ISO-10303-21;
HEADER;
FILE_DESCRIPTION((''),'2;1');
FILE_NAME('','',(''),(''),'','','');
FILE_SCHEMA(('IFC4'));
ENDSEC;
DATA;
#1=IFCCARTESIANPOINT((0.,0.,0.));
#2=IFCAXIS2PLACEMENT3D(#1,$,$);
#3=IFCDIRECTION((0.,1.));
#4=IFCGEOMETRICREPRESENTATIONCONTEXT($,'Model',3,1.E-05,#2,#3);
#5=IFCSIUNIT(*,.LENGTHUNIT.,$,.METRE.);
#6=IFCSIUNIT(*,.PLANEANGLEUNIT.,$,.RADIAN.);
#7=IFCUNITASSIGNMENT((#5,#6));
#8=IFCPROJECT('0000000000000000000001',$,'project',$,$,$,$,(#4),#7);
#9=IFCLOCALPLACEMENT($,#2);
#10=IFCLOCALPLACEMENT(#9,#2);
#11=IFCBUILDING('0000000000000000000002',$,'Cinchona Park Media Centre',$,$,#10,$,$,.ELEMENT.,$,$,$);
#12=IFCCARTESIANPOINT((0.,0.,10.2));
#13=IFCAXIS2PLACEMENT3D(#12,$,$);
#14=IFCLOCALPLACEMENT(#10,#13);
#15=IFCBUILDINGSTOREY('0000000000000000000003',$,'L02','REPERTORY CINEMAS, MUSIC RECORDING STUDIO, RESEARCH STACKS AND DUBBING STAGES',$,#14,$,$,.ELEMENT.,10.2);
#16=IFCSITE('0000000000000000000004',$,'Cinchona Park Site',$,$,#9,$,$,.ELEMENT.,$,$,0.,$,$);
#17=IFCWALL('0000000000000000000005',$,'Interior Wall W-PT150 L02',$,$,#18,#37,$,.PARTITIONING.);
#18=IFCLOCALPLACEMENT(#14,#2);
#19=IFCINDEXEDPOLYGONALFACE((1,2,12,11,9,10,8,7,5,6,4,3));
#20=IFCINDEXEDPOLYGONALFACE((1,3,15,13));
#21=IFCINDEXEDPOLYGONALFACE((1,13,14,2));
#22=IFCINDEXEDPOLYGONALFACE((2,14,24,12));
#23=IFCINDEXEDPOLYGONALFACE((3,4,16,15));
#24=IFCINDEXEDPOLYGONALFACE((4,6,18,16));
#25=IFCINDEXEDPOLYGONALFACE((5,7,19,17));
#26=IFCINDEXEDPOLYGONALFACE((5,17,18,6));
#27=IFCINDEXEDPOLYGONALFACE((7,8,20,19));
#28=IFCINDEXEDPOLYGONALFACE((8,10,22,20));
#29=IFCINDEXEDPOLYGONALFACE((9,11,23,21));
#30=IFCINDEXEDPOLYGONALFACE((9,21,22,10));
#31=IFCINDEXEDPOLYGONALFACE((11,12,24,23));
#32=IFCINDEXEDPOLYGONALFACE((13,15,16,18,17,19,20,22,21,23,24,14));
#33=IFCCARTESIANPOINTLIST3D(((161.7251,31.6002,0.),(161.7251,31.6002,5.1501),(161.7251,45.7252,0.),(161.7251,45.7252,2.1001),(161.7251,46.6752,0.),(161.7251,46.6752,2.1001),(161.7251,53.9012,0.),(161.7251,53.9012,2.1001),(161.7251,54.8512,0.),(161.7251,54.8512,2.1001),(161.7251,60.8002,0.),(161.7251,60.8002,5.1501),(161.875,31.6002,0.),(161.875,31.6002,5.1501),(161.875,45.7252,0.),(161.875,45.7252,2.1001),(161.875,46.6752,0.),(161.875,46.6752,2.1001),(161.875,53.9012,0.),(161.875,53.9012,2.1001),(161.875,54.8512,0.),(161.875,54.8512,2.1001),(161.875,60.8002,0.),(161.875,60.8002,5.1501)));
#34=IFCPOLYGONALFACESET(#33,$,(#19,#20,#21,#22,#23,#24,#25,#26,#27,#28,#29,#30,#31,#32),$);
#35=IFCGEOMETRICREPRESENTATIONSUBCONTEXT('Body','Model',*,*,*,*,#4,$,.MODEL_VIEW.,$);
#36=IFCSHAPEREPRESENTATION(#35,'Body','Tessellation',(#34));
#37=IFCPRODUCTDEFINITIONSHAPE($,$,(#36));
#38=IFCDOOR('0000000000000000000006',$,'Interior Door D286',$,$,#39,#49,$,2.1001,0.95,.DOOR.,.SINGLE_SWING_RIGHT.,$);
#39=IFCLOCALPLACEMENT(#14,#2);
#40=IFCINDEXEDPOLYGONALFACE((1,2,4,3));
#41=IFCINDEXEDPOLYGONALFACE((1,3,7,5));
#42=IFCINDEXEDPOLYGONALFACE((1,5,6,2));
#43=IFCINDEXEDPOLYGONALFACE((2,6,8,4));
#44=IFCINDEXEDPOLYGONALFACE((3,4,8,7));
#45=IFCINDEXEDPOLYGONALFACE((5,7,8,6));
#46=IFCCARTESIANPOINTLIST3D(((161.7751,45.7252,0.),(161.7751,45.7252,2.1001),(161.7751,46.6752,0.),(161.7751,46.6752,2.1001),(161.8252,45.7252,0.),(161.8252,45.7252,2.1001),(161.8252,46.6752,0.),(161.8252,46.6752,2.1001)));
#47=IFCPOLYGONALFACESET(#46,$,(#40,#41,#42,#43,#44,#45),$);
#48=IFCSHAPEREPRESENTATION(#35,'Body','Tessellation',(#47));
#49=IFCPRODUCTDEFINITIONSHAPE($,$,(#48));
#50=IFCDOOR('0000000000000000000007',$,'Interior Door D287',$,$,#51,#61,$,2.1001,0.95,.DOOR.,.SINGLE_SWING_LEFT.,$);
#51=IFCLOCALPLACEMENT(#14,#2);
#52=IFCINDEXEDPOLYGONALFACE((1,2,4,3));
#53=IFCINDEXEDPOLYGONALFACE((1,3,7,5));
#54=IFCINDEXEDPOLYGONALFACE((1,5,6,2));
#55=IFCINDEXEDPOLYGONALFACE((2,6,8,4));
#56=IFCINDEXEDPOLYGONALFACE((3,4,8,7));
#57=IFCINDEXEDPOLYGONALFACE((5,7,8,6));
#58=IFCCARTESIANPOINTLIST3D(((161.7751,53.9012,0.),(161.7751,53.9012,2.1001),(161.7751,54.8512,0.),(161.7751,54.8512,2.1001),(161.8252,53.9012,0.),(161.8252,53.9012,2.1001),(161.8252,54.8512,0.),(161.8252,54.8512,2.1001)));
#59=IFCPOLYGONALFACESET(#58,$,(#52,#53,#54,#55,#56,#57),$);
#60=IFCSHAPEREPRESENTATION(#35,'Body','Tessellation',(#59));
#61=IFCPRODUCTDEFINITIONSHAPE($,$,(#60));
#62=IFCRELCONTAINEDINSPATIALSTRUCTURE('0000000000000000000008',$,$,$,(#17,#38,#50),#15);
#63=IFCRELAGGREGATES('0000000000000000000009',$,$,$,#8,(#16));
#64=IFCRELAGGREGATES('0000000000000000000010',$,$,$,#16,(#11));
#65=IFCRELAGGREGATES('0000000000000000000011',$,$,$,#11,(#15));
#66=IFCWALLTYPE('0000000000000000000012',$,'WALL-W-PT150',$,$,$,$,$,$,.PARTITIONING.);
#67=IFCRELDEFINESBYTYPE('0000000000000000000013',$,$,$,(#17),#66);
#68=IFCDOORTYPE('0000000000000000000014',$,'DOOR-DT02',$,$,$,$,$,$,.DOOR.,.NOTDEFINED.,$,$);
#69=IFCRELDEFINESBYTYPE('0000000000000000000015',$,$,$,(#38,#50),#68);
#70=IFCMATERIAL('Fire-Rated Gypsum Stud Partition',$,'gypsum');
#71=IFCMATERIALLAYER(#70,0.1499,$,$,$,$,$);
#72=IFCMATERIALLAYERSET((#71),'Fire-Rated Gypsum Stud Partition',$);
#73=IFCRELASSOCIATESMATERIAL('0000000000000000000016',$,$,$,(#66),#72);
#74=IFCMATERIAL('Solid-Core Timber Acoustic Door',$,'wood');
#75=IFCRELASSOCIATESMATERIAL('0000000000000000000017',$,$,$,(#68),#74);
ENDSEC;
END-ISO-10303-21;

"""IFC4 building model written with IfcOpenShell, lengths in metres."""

from ifc_helpers import new_model, si_unit, direction, frame, frame_2d, origin, place, context, subcontext, project, spatial, rectangle, extrude, material, layer, layer_set, type_object, element, fill, save


model = new_model("IFC4")

# Units and contexts
model_context = context("Model", 3, precision=1e-05, world=origin(), true_north=direction((0.0, 1.0)))
body_context = subcontext(model_context, "Body", "Model", "MODEL_VIEW")
ifc_project = project(units=[si_unit("LENGTHUNIT", "METRE"), si_unit("PLANEANGLEUNIT", "RADIAN")], contexts=[model_context])

# Site, building, storey
site_placement = place(None, origin())
site = spatial("IfcSite", under=ifc_project, at=site_placement, Name="Cinchona Park Site", CompositionType="ELEMENT", RefElevation=0.0)
building_placement = place(site_placement, origin())
building = spatial("IfcBuilding", under=site, at=building_placement, Name="Cinchona Park Media Centre", CompositionType="ELEMENT")
storey_placement = place(building_placement, frame((0.0, 0.0, 10.2)))
storey = spatial("IfcBuildingStorey", under=building, at=storey_placement, Name="L02", Description="REPERTORY CINEMAS, MUSIC RECORDING STUDIO, RESEARCH STACKS AND DUBBING STAGES", CompositionType="ELEMENT", Elevation=10.2)

# Wall, openings, doors
ifc_material_1 = material(Name="Fire-Rated Gypsum Stud Partition", Category="gypsum")
ifc_layer = layer(ifc_material_1, 0.1499)
ifc_layer_set = layer_set([ifc_layer], Name="Fire-Rated Gypsum Stud Partition")
wall_type = type_object("IfcWallType", Name="WALL-W-PT150", PredefinedType="PARTITIONING", material=ifc_layer_set)
wall_placement = place(storey_placement, frame((161.8, 31.6001, 0.0), z_axis=(0.0, 0.0, 1.0), x_axis=(0.0, 1.0, 0.0)))
wall = element("IfcWall", 1, at=wall_placement, inside=storey, type_object=wall_type, Name="Interior Wall W-PT150 L02", PredefinedType="PARTITIONING", context=body_context, shape_type="SweptSolid", body=[
    extrude(rectangle(XDim=29.2, YDim=0.1499, at=frame_2d((14.6001, 0.0))), origin(), (0.0, 0.0, 1.0), 5.1501),
])
opening_1_placement = place(wall_placement, frame((14.125, 0.0, 0.0)))
opening_1 = element("IfcOpeningElement", 2, at=opening_1_placement, cuts=wall, PredefinedType="OPENING", context=body_context, shape_type="SweptSolid", body=[
    extrude(rectangle(XDim=0.95, YDim=2.1001, at=frame_2d((0.4751, 1.05))), frame((0.0, 0.085, 0.0), z_axis=(0.0, -1.0, 0.0), x_axis=(1.0, 0.0, 0.0)), (0.0, 0.0, 1.0), 0.1699),
])
opening_2_placement = place(wall_placement, frame((22.301, 0.0, 0.0)))
opening_2 = element("IfcOpeningElement", 3, at=opening_2_placement, cuts=wall, PredefinedType="OPENING", context=body_context, shape_type="SweptSolid", body=[
    extrude(rectangle(XDim=0.95, YDim=2.1001, at=frame_2d((0.4751, 1.05))), frame((0.0, 0.085, 0.0), z_axis=(0.0, -1.0, 0.0), x_axis=(1.0, 0.0, 0.0)), (0.0, 0.0, 1.0), 0.1699),
])
ifc_material_2 = material(Name="Solid-Core Timber Acoustic Door", Category="wood")
door_type = type_object("IfcDoorType", Name="DOOR-DT02", OperationType="NOTDEFINED", PredefinedType="DOOR", material=ifc_material_2)
door_1_placement = place(opening_1_placement, origin())
door_1 = element("IfcDoor", 4, at=door_1_placement, inside=storey, type_object=door_type, Name="Interior Door D286", OperationType="SINGLE_SWING_RIGHT", OverallHeight=2.1001, OverallWidth=0.95, PredefinedType="DOOR", context=body_context, shape_type="SweptSolid", body=[
    extrude(rectangle(XDim=0.95, YDim=2.1001, at=frame_2d((0.4751, 1.05))), frame((0.0, 0.0249, 0.0), z_axis=(0.0, -1.0, 0.0), x_axis=(1.0, 0.0, 0.0)), (0.0, 0.0, 1.0), 0.05),
])
fill(opening_1, door_1)
door_2_placement = place(opening_2_placement, origin())
door_2 = element("IfcDoor", 5, at=door_2_placement, inside=storey, type_object=door_type, Name="Interior Door D287", OperationType="SINGLE_SWING_LEFT", OverallHeight=2.1001, OverallWidth=0.95, PredefinedType="DOOR", context=body_context, shape_type="SweptSolid", body=[
    extrude(rectangle(XDim=0.95, YDim=2.1001, at=frame_2d((0.4751, 1.05))), frame((0.0, 0.0249, 0.0), z_axis=(0.0, -1.0, 0.0), x_axis=(1.0, 0.0, 0.0)), (0.0, 0.0, 1.0), 0.05),
])
fill(opening_2, door_2)

save(model, "model.ifc")
